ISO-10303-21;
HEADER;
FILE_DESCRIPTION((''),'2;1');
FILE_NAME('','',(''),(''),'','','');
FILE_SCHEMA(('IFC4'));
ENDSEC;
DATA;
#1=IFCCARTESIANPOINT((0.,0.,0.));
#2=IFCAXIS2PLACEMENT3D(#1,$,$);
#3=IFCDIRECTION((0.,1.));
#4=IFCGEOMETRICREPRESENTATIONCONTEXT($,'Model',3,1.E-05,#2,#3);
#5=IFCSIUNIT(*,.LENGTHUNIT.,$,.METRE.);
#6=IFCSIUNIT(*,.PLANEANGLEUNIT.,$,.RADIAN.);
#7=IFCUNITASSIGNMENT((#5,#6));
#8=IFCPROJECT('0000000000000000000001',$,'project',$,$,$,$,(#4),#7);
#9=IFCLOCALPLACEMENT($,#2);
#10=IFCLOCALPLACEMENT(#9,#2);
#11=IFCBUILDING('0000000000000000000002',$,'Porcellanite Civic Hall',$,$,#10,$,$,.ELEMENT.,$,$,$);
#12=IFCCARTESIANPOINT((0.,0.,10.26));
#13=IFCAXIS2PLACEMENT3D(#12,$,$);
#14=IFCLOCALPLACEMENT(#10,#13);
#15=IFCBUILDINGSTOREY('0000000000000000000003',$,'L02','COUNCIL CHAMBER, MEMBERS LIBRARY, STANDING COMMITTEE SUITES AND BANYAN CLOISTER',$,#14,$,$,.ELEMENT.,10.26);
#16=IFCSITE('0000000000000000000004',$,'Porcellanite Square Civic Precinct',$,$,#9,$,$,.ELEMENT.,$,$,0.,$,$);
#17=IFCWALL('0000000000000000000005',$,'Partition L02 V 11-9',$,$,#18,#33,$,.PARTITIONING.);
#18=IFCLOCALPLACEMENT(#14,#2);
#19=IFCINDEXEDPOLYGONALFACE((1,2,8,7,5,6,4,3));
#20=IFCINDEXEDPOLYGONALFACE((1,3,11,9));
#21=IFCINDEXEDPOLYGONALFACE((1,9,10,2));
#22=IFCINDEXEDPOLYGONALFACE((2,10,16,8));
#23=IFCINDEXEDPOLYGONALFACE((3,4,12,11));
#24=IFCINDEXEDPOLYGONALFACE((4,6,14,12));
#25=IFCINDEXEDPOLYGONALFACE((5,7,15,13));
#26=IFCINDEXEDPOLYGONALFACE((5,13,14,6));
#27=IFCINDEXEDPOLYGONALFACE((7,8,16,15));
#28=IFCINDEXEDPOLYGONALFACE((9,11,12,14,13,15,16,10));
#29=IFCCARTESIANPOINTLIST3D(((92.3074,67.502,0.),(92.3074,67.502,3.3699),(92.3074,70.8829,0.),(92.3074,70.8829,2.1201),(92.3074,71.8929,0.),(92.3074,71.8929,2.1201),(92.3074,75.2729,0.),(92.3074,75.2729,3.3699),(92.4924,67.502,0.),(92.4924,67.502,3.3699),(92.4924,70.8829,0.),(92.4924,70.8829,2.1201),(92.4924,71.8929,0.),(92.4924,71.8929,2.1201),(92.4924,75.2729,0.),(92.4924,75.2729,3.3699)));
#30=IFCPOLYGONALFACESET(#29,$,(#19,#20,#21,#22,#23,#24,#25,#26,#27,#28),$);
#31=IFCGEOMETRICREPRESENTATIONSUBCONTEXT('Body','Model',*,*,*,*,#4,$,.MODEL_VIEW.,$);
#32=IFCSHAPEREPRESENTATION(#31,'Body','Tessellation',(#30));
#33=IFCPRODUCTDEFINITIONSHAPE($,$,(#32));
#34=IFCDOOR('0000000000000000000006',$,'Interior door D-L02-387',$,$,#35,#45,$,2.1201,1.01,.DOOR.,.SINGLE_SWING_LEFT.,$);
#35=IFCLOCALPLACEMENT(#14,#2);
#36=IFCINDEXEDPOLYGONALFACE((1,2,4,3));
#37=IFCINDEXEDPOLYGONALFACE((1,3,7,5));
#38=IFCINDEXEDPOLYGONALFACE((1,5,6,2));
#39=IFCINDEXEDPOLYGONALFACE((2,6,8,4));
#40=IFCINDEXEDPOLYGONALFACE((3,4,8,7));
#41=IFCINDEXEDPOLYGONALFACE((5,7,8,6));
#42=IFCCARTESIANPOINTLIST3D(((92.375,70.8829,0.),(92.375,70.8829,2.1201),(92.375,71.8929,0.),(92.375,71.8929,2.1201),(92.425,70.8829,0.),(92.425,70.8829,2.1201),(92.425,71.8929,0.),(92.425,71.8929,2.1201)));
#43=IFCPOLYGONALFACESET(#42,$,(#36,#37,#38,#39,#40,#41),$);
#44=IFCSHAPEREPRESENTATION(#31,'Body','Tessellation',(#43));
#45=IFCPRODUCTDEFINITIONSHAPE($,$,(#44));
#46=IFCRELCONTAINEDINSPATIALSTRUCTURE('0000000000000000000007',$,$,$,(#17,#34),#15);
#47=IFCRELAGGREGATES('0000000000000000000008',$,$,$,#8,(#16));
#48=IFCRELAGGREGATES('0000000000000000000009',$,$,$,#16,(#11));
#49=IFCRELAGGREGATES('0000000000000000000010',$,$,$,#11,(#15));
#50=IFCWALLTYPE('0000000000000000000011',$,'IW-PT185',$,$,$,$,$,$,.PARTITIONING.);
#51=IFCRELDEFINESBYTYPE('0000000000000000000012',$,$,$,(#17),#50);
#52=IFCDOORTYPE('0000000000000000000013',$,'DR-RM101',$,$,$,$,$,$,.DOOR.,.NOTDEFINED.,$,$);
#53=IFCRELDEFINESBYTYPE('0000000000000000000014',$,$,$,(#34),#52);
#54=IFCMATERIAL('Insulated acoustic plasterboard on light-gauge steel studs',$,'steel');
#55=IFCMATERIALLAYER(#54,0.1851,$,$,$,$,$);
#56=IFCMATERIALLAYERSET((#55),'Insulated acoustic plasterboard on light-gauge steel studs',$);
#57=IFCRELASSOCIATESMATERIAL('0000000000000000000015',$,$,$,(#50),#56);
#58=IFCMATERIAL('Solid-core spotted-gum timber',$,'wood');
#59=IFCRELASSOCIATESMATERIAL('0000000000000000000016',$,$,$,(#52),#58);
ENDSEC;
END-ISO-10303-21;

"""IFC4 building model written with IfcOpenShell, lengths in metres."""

from ifc_helpers import new_model, si_unit, direction, frame, frame_2d, origin, place, context, subcontext, project, spatial, rectangle, extrude, material, layer, layer_set, type_object, element, fill, save


model = new_model("IFC4")

# Units and contexts
model_context = context("Model", 3, precision=1e-05, world=origin(), true_north=direction((0.0, 1.0)))
body_context = subcontext(model_context, "Body", "Model", "MODEL_VIEW")
ifc_project = project(units=[si_unit("LENGTHUNIT", "METRE"), si_unit("PLANEANGLEUNIT", "RADIAN")], contexts=[model_context])

# Site, building, storey
site_placement = place(None, origin())
site = spatial("IfcSite", under=ifc_project, at=site_placement, Name="Porcellanite Square Civic Precinct", CompositionType="ELEMENT", RefElevation=0.0)
building_placement = place(site_placement, origin())
building = spatial("IfcBuilding", under=site, at=building_placement, Name="Porcellanite Civic Hall", CompositionType="ELEMENT")
storey_placement = place(building_placement, frame((0.0, 0.0, 10.26)))
storey = spatial("IfcBuildingStorey", under=building, at=storey_placement, Name="L02", Description="COUNCIL CHAMBER, MEMBERS LIBRARY, STANDING COMMITTEE SUITES AND BANYAN CLOISTER", CompositionType="ELEMENT", Elevation=10.26)

# Wall, opening, door
ifc_material_1 = material(Name="Insulated acoustic plasterboard on light-gauge steel studs", Category="steel")
ifc_layer_1 = layer(ifc_material_1, 0.1851)
ifc_layer_set_1 = layer_set([ifc_layer_1], Name="Insulated acoustic plasterboard on light-gauge steel studs")
wall_type = type_object("IfcWallType", Name="IW-PT185", PredefinedType="PARTITIONING", material=ifc_layer_set_1)
wall_placement = place(storey_placement, frame((92.3999, 67.502, 0.0), z_axis=(0.0, 0.0, 1.0), x_axis=(0.0, 1.0, 0.0)))
wall = element("IfcWall", 1, at=wall_placement, inside=storey, type_object=wall_type, Name="Partition L02 V 11-9", PredefinedType="PARTITIONING", context=body_context, shape_type="SweptSolid", body=[
    extrude(rectangle(XDim=7.771, YDim=0.1851, at=frame_2d((3.8855, 0.0))), origin(), (0.0, 0.0, 1.0), 3.3699),
])
opening_placement = place(wall_placement, frame((3.3811, 0.0, 0.0)))
opening = element("IfcOpeningElement", 2, at=opening_placement, cuts=wall, PredefinedType="OPENING", context=body_context, shape_type="SweptSolid", body=[
    extrude(rectangle(XDim=1.01, YDim=2.1201, at=frame_2d((0.5049, 1.0601))), frame((0.0, 0.0925, 0.0), z_axis=(0.0, -1.0, 0.0), x_axis=(1.0, 0.0, 0.0)), (0.0, 0.0, 1.0), 0.1851),
])
ifc_material_2 = material(Name="Solid-core spotted-gum timber", Category="wood")
door_type = type_object("IfcDoorType", Name="DR-RM101", OperationType="NOTDEFINED", PredefinedType="DOOR", material=ifc_material_2)
door_placement = place(opening_placement, origin())
door = element("IfcDoor", 3, at=door_placement, inside=storey, type_object=door_type, Name="Interior door D-L02-387", OperationType="SINGLE_SWING_LEFT", OverallHeight=2.1201, OverallWidth=1.01, PredefinedType="DOOR", context=body_context, shape_type="SweptSolid", body=[
    extrude(rectangle(XDim=1.01, YDim=2.1201, at=frame_2d((0.5049, 1.0601))), frame((0.0, 0.0249, 0.0), z_axis=(0.0, -1.0, 0.0), x_axis=(1.0, 0.0, 0.0)), (0.0, 0.0, 1.0), 0.05),
])
fill(opening, door)

save(model, "model.ifc")
